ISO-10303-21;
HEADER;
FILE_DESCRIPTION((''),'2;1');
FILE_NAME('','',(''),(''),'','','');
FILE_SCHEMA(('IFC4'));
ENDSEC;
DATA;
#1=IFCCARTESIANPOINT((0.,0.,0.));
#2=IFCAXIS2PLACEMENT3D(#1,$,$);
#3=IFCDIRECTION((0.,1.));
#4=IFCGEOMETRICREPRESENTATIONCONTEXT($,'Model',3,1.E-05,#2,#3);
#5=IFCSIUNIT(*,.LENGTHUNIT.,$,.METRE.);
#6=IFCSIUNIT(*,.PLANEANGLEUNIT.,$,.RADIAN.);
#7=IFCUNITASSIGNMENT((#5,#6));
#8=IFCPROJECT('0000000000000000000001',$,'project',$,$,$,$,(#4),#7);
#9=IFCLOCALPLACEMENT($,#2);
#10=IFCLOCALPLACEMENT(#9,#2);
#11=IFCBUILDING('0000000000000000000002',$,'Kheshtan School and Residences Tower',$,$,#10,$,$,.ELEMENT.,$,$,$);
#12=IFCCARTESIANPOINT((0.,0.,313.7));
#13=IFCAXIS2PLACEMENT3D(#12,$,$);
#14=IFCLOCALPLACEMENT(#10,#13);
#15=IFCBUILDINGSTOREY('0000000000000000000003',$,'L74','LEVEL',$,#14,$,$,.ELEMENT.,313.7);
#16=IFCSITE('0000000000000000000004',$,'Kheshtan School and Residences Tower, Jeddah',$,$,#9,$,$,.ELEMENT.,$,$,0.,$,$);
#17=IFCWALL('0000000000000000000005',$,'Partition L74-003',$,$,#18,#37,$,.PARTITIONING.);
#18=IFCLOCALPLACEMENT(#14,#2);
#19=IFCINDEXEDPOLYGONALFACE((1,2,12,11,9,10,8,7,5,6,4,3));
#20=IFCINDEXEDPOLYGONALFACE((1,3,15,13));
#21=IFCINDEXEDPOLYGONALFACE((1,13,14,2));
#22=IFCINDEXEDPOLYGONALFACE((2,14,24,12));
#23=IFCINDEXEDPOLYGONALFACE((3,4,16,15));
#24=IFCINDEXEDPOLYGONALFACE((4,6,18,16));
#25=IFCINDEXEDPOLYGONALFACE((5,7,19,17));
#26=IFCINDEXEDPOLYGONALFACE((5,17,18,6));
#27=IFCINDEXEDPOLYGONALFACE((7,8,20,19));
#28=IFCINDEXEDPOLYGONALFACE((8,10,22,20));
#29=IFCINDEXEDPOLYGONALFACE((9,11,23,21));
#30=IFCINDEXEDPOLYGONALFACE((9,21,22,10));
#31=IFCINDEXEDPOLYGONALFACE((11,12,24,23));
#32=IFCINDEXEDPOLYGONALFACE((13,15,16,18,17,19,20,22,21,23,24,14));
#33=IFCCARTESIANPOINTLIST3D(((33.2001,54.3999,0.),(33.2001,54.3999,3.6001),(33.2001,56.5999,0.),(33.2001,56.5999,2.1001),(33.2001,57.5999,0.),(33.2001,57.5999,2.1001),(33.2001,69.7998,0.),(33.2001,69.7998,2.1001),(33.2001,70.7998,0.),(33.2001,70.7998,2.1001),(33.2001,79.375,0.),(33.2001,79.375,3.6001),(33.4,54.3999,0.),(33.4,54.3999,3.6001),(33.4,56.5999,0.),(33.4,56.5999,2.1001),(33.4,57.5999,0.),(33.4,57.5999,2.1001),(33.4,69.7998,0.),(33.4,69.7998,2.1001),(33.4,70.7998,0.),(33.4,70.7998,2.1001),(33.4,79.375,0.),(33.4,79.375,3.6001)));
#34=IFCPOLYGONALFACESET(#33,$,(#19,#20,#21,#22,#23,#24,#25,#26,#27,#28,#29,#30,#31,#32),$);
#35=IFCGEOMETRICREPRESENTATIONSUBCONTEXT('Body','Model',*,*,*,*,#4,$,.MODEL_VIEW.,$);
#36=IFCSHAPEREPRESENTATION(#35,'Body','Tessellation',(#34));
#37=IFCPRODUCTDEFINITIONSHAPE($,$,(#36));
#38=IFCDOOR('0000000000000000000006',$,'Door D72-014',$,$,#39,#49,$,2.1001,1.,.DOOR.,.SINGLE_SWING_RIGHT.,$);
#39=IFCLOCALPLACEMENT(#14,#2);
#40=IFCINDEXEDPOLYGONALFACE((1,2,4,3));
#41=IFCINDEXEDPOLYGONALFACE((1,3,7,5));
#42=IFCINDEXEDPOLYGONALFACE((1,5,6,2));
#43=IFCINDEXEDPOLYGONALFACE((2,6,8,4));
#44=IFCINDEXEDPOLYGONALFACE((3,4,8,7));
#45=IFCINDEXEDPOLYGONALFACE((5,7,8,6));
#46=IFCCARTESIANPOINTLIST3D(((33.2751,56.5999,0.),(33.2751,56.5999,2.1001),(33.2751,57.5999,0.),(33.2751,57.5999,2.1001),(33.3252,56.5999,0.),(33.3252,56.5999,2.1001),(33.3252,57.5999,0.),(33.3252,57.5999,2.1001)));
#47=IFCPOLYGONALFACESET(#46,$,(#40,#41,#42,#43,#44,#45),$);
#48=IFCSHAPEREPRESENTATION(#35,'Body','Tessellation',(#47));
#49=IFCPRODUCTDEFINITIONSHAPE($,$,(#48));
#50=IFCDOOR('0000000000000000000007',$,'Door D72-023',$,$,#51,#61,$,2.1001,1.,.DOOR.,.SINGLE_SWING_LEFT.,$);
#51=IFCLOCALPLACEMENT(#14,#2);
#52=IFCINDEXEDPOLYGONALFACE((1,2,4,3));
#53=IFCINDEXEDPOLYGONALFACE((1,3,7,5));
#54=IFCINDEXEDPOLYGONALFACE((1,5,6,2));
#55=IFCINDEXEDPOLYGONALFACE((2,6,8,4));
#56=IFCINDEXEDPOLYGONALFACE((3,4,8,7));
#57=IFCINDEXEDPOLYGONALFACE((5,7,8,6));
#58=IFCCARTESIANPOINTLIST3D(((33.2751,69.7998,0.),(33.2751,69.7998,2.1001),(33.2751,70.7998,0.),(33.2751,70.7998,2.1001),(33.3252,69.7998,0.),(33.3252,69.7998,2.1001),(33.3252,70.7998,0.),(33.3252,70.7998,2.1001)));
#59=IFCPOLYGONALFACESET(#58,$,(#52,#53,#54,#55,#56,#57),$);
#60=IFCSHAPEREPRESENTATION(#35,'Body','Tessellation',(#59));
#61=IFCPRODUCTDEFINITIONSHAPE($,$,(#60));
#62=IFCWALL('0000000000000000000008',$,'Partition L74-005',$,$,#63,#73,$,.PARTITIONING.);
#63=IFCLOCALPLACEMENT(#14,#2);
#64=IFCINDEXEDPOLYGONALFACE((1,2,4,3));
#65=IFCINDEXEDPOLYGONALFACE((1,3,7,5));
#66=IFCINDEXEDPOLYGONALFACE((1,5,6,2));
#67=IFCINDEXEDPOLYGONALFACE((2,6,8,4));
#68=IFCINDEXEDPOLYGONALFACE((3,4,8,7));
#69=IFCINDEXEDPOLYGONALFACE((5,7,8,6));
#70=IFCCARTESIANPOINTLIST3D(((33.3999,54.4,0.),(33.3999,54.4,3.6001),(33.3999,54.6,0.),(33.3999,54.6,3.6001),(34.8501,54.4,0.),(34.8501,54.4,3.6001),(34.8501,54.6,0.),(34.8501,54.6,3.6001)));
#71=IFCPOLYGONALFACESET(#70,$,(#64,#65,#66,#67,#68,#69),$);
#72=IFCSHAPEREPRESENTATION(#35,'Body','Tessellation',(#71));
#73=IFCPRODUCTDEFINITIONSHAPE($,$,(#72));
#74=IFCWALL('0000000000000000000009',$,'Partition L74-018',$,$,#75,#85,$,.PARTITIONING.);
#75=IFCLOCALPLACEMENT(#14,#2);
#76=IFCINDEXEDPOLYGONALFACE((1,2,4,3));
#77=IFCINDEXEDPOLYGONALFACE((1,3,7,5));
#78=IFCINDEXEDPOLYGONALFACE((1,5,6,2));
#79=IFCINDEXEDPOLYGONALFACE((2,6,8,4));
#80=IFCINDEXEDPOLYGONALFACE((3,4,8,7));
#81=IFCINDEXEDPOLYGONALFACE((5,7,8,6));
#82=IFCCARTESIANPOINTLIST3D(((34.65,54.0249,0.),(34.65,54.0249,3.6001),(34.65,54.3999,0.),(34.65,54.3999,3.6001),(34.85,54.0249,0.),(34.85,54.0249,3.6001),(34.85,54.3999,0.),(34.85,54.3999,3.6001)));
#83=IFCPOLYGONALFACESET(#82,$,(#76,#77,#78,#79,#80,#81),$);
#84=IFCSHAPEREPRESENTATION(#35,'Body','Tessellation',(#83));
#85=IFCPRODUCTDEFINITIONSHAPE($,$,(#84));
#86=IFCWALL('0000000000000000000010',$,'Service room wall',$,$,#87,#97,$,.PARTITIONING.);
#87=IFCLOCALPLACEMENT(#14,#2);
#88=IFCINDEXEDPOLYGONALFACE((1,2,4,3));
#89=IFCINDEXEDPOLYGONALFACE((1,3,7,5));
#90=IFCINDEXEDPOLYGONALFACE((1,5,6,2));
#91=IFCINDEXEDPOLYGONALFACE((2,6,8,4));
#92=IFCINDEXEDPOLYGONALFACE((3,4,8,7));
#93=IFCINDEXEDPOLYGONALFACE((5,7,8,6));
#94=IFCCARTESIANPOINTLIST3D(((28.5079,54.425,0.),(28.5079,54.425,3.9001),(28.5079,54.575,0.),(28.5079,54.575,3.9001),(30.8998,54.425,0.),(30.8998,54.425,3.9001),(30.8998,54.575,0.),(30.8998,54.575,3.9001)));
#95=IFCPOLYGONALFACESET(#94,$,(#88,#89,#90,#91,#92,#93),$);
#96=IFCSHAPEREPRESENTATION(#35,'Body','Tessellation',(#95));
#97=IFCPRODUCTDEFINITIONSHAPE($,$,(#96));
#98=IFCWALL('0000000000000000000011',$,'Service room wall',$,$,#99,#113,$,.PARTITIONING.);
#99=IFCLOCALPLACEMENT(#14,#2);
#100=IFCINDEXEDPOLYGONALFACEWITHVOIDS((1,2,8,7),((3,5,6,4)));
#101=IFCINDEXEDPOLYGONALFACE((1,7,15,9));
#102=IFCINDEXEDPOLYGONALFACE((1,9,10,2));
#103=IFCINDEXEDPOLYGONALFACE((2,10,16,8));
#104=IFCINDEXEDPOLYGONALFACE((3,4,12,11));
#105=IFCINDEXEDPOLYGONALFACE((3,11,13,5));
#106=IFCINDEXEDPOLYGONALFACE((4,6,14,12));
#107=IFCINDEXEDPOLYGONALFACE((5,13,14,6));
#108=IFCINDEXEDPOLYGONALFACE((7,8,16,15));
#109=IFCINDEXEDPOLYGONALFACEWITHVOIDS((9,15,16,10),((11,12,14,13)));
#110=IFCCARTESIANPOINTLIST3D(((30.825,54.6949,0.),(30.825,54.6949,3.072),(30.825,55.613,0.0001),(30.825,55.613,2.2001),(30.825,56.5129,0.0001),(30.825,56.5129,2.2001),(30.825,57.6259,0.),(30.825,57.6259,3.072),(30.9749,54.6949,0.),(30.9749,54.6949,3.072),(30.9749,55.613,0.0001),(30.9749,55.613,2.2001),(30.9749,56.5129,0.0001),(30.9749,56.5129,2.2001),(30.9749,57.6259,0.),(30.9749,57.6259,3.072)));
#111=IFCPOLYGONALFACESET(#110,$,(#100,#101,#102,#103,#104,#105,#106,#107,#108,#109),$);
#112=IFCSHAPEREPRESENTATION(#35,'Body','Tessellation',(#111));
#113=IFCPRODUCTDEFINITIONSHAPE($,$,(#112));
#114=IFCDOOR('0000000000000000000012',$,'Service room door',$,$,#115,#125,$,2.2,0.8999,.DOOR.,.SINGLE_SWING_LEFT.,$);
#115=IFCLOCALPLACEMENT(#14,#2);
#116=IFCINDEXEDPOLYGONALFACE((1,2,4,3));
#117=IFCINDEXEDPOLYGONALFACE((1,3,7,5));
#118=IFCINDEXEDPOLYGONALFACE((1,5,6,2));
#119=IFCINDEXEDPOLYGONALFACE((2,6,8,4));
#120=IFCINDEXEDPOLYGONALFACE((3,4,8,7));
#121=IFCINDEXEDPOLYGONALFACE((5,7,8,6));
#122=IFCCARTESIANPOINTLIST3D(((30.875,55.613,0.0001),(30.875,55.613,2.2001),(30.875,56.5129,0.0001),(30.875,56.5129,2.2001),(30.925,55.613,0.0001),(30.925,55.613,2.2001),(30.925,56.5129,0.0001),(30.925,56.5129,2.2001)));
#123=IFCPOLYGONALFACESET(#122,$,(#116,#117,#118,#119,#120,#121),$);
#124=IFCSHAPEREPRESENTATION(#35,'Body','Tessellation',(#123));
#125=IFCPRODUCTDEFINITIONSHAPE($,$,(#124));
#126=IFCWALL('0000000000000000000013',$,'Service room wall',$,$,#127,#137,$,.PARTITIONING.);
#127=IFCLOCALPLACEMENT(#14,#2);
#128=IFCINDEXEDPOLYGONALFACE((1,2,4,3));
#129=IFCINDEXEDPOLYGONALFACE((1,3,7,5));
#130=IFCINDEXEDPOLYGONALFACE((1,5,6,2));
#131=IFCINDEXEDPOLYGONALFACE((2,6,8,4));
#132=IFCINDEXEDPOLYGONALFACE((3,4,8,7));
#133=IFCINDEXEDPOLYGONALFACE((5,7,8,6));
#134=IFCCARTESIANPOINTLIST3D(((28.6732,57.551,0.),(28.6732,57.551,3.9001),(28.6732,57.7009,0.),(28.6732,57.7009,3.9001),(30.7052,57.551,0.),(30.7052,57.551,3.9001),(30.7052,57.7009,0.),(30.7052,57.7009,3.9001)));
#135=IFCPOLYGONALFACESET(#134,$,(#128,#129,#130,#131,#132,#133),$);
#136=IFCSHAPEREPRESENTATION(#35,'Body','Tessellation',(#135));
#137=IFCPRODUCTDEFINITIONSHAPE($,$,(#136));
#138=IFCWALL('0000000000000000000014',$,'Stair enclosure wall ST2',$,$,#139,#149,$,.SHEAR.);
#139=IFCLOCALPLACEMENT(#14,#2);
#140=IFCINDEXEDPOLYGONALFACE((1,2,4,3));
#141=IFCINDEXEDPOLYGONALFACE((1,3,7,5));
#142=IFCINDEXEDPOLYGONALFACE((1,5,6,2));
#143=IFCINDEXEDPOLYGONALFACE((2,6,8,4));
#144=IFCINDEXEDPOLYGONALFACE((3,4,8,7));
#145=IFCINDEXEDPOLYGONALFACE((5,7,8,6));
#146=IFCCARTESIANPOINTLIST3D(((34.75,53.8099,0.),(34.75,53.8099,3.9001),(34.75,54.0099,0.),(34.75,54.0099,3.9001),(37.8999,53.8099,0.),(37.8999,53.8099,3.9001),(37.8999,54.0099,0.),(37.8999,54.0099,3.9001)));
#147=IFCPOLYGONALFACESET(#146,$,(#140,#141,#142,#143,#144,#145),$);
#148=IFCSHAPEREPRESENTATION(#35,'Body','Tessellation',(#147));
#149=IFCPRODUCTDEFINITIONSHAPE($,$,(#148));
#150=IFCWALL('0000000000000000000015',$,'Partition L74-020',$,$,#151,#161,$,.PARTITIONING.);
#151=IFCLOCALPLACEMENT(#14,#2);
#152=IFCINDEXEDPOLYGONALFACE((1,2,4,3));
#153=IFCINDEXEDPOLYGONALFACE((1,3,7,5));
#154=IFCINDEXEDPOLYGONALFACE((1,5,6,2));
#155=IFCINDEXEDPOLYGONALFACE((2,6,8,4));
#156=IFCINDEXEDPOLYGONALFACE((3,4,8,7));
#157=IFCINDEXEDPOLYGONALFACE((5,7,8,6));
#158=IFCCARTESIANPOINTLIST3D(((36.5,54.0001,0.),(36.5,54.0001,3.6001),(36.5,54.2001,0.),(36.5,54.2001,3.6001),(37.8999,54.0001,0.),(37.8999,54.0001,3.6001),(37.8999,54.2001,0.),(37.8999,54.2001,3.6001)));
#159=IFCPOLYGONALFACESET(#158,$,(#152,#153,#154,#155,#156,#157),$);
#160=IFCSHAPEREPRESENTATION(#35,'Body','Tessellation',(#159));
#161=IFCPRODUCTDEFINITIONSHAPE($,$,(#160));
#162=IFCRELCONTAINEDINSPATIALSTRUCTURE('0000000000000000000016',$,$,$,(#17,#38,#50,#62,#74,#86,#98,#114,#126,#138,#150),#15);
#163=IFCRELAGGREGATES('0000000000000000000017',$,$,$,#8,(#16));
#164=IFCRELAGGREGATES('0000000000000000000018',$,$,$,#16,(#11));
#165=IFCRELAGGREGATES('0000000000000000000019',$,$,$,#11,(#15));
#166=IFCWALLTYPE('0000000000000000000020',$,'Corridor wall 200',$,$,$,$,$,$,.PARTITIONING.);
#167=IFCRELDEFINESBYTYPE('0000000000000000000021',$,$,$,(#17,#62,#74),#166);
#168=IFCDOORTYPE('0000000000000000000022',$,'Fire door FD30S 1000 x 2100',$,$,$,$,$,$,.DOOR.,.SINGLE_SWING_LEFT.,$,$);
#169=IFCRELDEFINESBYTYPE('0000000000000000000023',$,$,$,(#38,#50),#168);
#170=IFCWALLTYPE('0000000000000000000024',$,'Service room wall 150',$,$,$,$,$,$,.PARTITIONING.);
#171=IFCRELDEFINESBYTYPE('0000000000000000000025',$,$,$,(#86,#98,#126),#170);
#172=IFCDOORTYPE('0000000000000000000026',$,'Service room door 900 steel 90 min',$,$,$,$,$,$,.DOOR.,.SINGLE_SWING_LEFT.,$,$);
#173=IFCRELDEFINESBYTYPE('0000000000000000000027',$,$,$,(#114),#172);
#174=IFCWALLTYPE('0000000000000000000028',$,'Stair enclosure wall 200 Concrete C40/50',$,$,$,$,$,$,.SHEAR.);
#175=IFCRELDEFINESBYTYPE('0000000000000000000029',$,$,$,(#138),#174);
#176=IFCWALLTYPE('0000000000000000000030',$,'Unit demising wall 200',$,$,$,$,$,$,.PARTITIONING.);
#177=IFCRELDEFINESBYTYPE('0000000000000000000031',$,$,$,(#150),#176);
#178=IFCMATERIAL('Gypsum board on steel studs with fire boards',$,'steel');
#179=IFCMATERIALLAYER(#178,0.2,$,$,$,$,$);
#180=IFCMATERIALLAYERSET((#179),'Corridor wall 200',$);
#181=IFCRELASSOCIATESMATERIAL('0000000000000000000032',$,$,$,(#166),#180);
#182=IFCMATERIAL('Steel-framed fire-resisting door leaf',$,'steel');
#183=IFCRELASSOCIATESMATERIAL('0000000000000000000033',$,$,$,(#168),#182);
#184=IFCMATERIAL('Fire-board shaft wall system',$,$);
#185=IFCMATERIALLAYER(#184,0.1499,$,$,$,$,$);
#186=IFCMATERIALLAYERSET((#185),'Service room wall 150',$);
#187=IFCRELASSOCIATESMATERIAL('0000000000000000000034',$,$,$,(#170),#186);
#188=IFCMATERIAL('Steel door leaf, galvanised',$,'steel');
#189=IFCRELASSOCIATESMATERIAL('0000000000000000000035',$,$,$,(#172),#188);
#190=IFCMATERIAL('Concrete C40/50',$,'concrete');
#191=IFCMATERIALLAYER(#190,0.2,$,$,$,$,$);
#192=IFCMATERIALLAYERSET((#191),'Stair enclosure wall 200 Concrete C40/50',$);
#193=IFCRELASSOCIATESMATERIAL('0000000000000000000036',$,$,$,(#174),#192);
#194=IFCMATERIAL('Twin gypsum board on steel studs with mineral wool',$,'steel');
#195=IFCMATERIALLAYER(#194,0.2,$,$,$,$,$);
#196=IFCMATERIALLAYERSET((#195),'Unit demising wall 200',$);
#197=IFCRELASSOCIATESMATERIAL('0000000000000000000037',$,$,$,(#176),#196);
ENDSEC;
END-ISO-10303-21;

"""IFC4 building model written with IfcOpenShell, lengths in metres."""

from ifc_helpers import new_model, si_unit, direction, frame, frame_2d, origin, place, context, subcontext, project, spatial, rectangle, extrude, source, transform, mapped, material, layer, layer_set, type_object, element, fill, save


model = new_model("IFC4")

# Units and contexts
model_context = context("Model", 3, precision=1e-05, world=origin(), true_north=direction((0.0, 1.0)))
body_context = subcontext(model_context, "Body", "Model", "MODEL_VIEW")
ifc_project = project(units=[si_unit("LENGTHUNIT", "METRE"), si_unit("PLANEANGLEUNIT", "RADIAN")], contexts=[model_context])

# Site, building, storey
site_placement = place(None, origin())
site = spatial("IfcSite", under=ifc_project, at=site_placement, Name="Kheshtan School and Residences Tower, Jeddah", CompositionType="ELEMENT", RefElevation=0.0)
building_placement = place(site_placement, origin())
building = spatial("IfcBuilding", under=site, at=building_placement, Name="Kheshtan School and Residences Tower", CompositionType="ELEMENT")
storey_placement = place(building_placement, frame((0.0, 0.0, 313.7)))
storey = spatial("IfcBuildingStorey", under=building, at=storey_placement, Name="L74", Description="LEVEL", CompositionType="ELEMENT", Elevation=313.7)

# Wall, openings, doors
ifc_material_1 = material(Name="Gypsum board on steel studs with fire boards", Category="steel")
ifc_layer_1 = layer(ifc_material_1, 0.2)
ifc_layer_set_1 = layer_set([ifc_layer_1], Name="Corridor wall 200")
wall_type_1 = type_object("IfcWallType", Name="Corridor wall 200", PredefinedType="PARTITIONING", material=ifc_layer_set_1)
wall_1_placement = place(storey_placement, frame((33.3, 54.3999, 0.0), z_axis=(0.0, 0.0, 1.0), x_axis=(0.0, 1.0, 0.0)))
wall_1 = element("IfcWall", 1, at=wall_1_placement, inside=storey, type_object=wall_type_1, Name="Partition L74-003", PredefinedType="PARTITIONING", context=body_context, shape_type="SweptSolid", body=[
    extrude(rectangle(XDim=24.9751, YDim=0.2, at=frame_2d((12.4875, 0.0))), origin(), (0.0, 0.0, 1.0), 3.6001),
])
opening_1_placement = place(wall_1_placement, frame((2.2, 0.0, 0.0)))
opening_1 = element("IfcOpeningElement", 2, at=opening_1_placement, cuts=wall_1, PredefinedType="OPENING", context=body_context, shape_type="SweptSolid", body=[
    extrude(rectangle(XDim=1.0, YDim=2.1001, at=frame_2d((0.5, 1.05))), frame((0.0, 0.1099, 0.0), z_axis=(0.0, -1.0, 0.0), x_axis=(1.0, 0.0, 0.0)), (0.0, 0.0, 1.0), 0.22),
])
opening_2_placement = place(wall_1_placement, frame((15.3999, 0.0, 0.0)))
opening_2 = element("IfcOpeningElement", 3, at=opening_2_placement, cuts=wall_1, PredefinedType="OPENING", context=body_context, shape_type="SweptSolid", body=[
    extrude(rectangle(XDim=1.0, YDim=2.1001, at=frame_2d((0.5, 1.05))), frame((0.0, 0.1099, 0.0), z_axis=(0.0, -1.0, 0.0), x_axis=(1.0, 0.0, 0.0)), (0.0, 0.0, 1.0), 0.22),
])
ifc_material_2 = material(Name="Steel-framed fire-resisting door leaf", Category="steel")
door_type_1 = type_object("IfcDoorType", Name="Fire door FD30S 1000 x 2100", OperationType="SINGLE_SWING_LEFT", PredefinedType="DOOR", material=ifc_material_2)
shared_shape_1 = source(origin(), body_context, "Body", "SweptSolid", [
    extrude(rectangle(XDim=1.0, YDim=2.1001, at=frame_2d((0.5, 1.05))), frame((0.0, 0.0249, 0.0), z_axis=(0.0, -1.0, 0.0), x_axis=(1.0, 0.0, 0.0)), (0.0, 0.0, 1.0), 0.05),
])
door_1_placement = place(opening_1_placement, origin())
door_1 = element("IfcDoor", 4, at=door_1_placement, inside=storey, type_object=door_type_1, Name="Door D72-014", OperationType="SINGLE_SWING_RIGHT", OverallHeight=2.1001, OverallWidth=1.0, PredefinedType="DOOR", context=body_context, shape_type="MappedRepresentation", body=[
    mapped(shared_shape_1, transform((0.0, 0.0, 0.0), x_axis=(1.0, 0.0, 0.0), y_axis=(0.0, 1.0, 0.0), z_axis=(0.0, 0.0, 1.0), scale=1.0)),
])
fill(opening_1, door_1)
door_2_placement = place(opening_2_placement, origin())
door_2 = element("IfcDoor", 5, at=door_2_placement, inside=storey, type_object=door_type_1, Name="Door D72-023", OperationType="SINGLE_SWING_LEFT", OverallHeight=2.1001, OverallWidth=1.0, PredefinedType="DOOR", context=body_context, shape_type="MappedRepresentation", body=[
    mapped(shared_shape_1, transform((0.0, 0.0, 0.0), x_axis=(1.0, 0.0, 0.0), y_axis=(0.0, 1.0, 0.0), z_axis=(0.0, 0.0, 1.0), scale=1.0)),
])
fill(opening_2, door_2)

# Walls
wall_2_placement = place(storey_placement, frame((33.3999, 54.5, 0.0), z_axis=(0.0, 0.0, 1.0), x_axis=(1.0, 0.0, 0.0)))
element("IfcWall", 6, at=wall_2_placement, inside=storey, type_object=wall_type_1, Name="Partition L74-005", PredefinedType="PARTITIONING", context=body_context, shape_type="SweptSolid", body=[
    extrude(rectangle(XDim=1.4502, YDim=0.2, at=frame_2d((0.7251, 0.0))), origin(), (0.0, 0.0, 1.0), 3.6001),
])
wall_3_placement = place(storey_placement, frame((34.75, 54.0249, 0.0), z_axis=(0.0, 0.0, 1.0), x_axis=(0.0, 1.0, 0.0)))
element("IfcWall", 7, at=wall_3_placement, inside=storey, type_object=wall_type_1, Name="Partition L74-018", PredefinedType="PARTITIONING", context=body_context, shape_type="SweptSolid", body=[
    extrude(rectangle(XDim=0.375, YDim=0.2, at=frame_2d((0.1875, 0.0))), origin(), (0.0, 0.0, 1.0), 3.6001),
])
ifc_material_3 = material(Name="Fire-board shaft wall system")
ifc_layer_2 = layer(ifc_material_3, 0.1499)
ifc_layer_set_2 = layer_set([ifc_layer_2], Name="Service room wall 150")
wall_type_2 = type_object("IfcWallType", Name="Service room wall 150", PredefinedType="PARTITIONING", material=ifc_layer_set_2)
wall_4_placement = place(storey_placement, frame((28.5081, 54.5, 0.0), z_axis=(0.0, 0.0, 1.0), x_axis=(1.0, 0.0, 0.0)))
element("IfcWall", 8, at=wall_4_placement, inside=storey, type_object=wall_type_2, Name="Service room wall", PredefinedType="PARTITIONING", context=body_context, shape_type="SweptSolid", body=[
    extrude(rectangle(XDim=2.3918, YDim=0.1499, at=frame_2d((1.1958, 0.0))), origin(), (0.0, 0.0, 1.0), 3.9001),
])

# Wall, opening, door
wall_5_placement = place(storey_placement, frame((30.8999, 54.6951, 0.0), z_axis=(0.0, 0.0, 1.0), x_axis=(0.0, 1.0, 0.0)))
wall_5 = element("IfcWall", 9, at=wall_5_placement, inside=storey, type_object=wall_type_2, Name="Service room wall", PredefinedType="PARTITIONING", context=body_context, shape_type="SweptSolid", body=[
    extrude(rectangle(XDim=2.9309, YDim=0.1499, at=frame_2d((1.4653, 0.0))), origin(), (0.0, 0.0, 1.0), 3.072),
])
opening_3_placement = place(wall_5_placement, frame((0.918, 0.0, 0.0)))
opening_3 = element("IfcOpeningElement", 10, at=opening_3_placement, cuts=wall_5, PredefinedType="OPENING", context=body_context, shape_type="SweptSolid", body=[
    extrude(rectangle(XDim=0.8999, YDim=2.2, at=frame_2d((0.45, 1.1001))), frame((0.0, 0.085, 0.0), z_axis=(0.0, -1.0, 0.0), x_axis=(1.0, 0.0, 0.0)), (0.0, 0.0, 1.0), 0.1699),
])
ifc_material_4 = material(Name="Steel door leaf, galvanised", Category="steel")
door_type_2 = type_object("IfcDoorType", Name="Service room door 900 steel 90 min", OperationType="SINGLE_SWING_LEFT", PredefinedType="DOOR", material=ifc_material_4)
shared_shape_2 = source(origin(), body_context, "Body", "SweptSolid", [
    extrude(rectangle(XDim=0.8999, YDim=2.2, at=frame_2d((0.45, 1.1001))), frame((0.0, 0.0249, 0.0), z_axis=(0.0, -1.0, 0.0), x_axis=(1.0, 0.0, 0.0)), (0.0, 0.0, 1.0), 0.05),
])
door_3_placement = place(opening_3_placement, origin())
door_3 = element("IfcDoor", 11, at=door_3_placement, inside=storey, type_object=door_type_2, Name="Service room door", OperationType="SINGLE_SWING_LEFT", OverallHeight=2.2, OverallWidth=0.8999, PredefinedType="DOOR", context=body_context, shape_type="MappedRepresentation", body=[
    mapped(shared_shape_2, transform((0.0, 0.0, 0.0), x_axis=(1.0, 0.0, 0.0), y_axis=(0.0, 1.0, 0.0), z_axis=(0.0, 0.0, 1.0), scale=1.0)),
])
fill(opening_3, door_3)

# Walls
wall_6_placement = place(storey_placement, frame((28.6731, 57.626, 0.0), z_axis=(0.0, 0.0, 1.0), x_axis=(1.0, 0.0, 0.0)))
element("IfcWall", 12, at=wall_6_placement, inside=storey, type_object=wall_type_2, Name="Service room wall", PredefinedType="PARTITIONING", context=body_context, shape_type="SweptSolid", body=[
    extrude(rectangle(XDim=2.032, YDim=0.1499, at=frame_2d((1.0161, 0.0))), origin(), (0.0, 0.0, 1.0), 3.9001),
])
ifc_material_5 = material(Name="Concrete C40/50", Category="concrete")
ifc_layer_3 = layer(ifc_material_5, 0.2)
ifc_layer_set_3 = layer_set([ifc_layer_3], Name="Stair enclosure wall 200 Concrete C40/50")
wall_type_3 = type_object("IfcWallType", Name="Stair enclosure wall 200 Concrete C40/50", PredefinedType="SHEAR", material=ifc_layer_set_3)
wall_7_placement = place(storey_placement, frame((34.75, 53.9099, 0.0), z_axis=(0.0, 0.0, 1.0), x_axis=(1.0, 0.0, 0.0)))
element("IfcWall", 13, at=wall_7_placement, inside=storey, type_object=wall_type_3, Name="Stair enclosure wall ST2", PredefinedType="SHEAR", context=body_context, shape_type="SweptSolid", body=[
    extrude(rectangle(XDim=3.1499, YDim=0.2, at=frame_2d((1.575, 0.0))), origin(), (0.0, 0.0, 1.0), 3.9001),
])
ifc_material_6 = material(Name="Twin gypsum board on steel studs with mineral wool", Category="steel")
ifc_layer_4 = layer(ifc_material_6, 0.2)
ifc_layer_set_4 = layer_set([ifc_layer_4], Name="Unit demising wall 200")
wall_type_4 = type_object("IfcWallType", Name="Unit demising wall 200", PredefinedType="PARTITIONING", material=ifc_layer_set_4)
wall_8_placement = place(storey_placement, frame((36.5, 54.1001, 0.0), z_axis=(0.0, 0.0, 1.0), x_axis=(1.0, 0.0, 0.0)))
element("IfcWall", 14, at=wall_8_placement, inside=storey, type_object=wall_type_4, Name="Partition L74-020", PredefinedType="PARTITIONING", context=body_context, shape_type="SweptSolid", body=[
    extrude(rectangle(XDim=1.3999, YDim=0.2, at=frame_2d((0.7, 0.0))), origin(), (0.0, 0.0, 1.0), 3.6001),
])

save(model, "model.ifc")
